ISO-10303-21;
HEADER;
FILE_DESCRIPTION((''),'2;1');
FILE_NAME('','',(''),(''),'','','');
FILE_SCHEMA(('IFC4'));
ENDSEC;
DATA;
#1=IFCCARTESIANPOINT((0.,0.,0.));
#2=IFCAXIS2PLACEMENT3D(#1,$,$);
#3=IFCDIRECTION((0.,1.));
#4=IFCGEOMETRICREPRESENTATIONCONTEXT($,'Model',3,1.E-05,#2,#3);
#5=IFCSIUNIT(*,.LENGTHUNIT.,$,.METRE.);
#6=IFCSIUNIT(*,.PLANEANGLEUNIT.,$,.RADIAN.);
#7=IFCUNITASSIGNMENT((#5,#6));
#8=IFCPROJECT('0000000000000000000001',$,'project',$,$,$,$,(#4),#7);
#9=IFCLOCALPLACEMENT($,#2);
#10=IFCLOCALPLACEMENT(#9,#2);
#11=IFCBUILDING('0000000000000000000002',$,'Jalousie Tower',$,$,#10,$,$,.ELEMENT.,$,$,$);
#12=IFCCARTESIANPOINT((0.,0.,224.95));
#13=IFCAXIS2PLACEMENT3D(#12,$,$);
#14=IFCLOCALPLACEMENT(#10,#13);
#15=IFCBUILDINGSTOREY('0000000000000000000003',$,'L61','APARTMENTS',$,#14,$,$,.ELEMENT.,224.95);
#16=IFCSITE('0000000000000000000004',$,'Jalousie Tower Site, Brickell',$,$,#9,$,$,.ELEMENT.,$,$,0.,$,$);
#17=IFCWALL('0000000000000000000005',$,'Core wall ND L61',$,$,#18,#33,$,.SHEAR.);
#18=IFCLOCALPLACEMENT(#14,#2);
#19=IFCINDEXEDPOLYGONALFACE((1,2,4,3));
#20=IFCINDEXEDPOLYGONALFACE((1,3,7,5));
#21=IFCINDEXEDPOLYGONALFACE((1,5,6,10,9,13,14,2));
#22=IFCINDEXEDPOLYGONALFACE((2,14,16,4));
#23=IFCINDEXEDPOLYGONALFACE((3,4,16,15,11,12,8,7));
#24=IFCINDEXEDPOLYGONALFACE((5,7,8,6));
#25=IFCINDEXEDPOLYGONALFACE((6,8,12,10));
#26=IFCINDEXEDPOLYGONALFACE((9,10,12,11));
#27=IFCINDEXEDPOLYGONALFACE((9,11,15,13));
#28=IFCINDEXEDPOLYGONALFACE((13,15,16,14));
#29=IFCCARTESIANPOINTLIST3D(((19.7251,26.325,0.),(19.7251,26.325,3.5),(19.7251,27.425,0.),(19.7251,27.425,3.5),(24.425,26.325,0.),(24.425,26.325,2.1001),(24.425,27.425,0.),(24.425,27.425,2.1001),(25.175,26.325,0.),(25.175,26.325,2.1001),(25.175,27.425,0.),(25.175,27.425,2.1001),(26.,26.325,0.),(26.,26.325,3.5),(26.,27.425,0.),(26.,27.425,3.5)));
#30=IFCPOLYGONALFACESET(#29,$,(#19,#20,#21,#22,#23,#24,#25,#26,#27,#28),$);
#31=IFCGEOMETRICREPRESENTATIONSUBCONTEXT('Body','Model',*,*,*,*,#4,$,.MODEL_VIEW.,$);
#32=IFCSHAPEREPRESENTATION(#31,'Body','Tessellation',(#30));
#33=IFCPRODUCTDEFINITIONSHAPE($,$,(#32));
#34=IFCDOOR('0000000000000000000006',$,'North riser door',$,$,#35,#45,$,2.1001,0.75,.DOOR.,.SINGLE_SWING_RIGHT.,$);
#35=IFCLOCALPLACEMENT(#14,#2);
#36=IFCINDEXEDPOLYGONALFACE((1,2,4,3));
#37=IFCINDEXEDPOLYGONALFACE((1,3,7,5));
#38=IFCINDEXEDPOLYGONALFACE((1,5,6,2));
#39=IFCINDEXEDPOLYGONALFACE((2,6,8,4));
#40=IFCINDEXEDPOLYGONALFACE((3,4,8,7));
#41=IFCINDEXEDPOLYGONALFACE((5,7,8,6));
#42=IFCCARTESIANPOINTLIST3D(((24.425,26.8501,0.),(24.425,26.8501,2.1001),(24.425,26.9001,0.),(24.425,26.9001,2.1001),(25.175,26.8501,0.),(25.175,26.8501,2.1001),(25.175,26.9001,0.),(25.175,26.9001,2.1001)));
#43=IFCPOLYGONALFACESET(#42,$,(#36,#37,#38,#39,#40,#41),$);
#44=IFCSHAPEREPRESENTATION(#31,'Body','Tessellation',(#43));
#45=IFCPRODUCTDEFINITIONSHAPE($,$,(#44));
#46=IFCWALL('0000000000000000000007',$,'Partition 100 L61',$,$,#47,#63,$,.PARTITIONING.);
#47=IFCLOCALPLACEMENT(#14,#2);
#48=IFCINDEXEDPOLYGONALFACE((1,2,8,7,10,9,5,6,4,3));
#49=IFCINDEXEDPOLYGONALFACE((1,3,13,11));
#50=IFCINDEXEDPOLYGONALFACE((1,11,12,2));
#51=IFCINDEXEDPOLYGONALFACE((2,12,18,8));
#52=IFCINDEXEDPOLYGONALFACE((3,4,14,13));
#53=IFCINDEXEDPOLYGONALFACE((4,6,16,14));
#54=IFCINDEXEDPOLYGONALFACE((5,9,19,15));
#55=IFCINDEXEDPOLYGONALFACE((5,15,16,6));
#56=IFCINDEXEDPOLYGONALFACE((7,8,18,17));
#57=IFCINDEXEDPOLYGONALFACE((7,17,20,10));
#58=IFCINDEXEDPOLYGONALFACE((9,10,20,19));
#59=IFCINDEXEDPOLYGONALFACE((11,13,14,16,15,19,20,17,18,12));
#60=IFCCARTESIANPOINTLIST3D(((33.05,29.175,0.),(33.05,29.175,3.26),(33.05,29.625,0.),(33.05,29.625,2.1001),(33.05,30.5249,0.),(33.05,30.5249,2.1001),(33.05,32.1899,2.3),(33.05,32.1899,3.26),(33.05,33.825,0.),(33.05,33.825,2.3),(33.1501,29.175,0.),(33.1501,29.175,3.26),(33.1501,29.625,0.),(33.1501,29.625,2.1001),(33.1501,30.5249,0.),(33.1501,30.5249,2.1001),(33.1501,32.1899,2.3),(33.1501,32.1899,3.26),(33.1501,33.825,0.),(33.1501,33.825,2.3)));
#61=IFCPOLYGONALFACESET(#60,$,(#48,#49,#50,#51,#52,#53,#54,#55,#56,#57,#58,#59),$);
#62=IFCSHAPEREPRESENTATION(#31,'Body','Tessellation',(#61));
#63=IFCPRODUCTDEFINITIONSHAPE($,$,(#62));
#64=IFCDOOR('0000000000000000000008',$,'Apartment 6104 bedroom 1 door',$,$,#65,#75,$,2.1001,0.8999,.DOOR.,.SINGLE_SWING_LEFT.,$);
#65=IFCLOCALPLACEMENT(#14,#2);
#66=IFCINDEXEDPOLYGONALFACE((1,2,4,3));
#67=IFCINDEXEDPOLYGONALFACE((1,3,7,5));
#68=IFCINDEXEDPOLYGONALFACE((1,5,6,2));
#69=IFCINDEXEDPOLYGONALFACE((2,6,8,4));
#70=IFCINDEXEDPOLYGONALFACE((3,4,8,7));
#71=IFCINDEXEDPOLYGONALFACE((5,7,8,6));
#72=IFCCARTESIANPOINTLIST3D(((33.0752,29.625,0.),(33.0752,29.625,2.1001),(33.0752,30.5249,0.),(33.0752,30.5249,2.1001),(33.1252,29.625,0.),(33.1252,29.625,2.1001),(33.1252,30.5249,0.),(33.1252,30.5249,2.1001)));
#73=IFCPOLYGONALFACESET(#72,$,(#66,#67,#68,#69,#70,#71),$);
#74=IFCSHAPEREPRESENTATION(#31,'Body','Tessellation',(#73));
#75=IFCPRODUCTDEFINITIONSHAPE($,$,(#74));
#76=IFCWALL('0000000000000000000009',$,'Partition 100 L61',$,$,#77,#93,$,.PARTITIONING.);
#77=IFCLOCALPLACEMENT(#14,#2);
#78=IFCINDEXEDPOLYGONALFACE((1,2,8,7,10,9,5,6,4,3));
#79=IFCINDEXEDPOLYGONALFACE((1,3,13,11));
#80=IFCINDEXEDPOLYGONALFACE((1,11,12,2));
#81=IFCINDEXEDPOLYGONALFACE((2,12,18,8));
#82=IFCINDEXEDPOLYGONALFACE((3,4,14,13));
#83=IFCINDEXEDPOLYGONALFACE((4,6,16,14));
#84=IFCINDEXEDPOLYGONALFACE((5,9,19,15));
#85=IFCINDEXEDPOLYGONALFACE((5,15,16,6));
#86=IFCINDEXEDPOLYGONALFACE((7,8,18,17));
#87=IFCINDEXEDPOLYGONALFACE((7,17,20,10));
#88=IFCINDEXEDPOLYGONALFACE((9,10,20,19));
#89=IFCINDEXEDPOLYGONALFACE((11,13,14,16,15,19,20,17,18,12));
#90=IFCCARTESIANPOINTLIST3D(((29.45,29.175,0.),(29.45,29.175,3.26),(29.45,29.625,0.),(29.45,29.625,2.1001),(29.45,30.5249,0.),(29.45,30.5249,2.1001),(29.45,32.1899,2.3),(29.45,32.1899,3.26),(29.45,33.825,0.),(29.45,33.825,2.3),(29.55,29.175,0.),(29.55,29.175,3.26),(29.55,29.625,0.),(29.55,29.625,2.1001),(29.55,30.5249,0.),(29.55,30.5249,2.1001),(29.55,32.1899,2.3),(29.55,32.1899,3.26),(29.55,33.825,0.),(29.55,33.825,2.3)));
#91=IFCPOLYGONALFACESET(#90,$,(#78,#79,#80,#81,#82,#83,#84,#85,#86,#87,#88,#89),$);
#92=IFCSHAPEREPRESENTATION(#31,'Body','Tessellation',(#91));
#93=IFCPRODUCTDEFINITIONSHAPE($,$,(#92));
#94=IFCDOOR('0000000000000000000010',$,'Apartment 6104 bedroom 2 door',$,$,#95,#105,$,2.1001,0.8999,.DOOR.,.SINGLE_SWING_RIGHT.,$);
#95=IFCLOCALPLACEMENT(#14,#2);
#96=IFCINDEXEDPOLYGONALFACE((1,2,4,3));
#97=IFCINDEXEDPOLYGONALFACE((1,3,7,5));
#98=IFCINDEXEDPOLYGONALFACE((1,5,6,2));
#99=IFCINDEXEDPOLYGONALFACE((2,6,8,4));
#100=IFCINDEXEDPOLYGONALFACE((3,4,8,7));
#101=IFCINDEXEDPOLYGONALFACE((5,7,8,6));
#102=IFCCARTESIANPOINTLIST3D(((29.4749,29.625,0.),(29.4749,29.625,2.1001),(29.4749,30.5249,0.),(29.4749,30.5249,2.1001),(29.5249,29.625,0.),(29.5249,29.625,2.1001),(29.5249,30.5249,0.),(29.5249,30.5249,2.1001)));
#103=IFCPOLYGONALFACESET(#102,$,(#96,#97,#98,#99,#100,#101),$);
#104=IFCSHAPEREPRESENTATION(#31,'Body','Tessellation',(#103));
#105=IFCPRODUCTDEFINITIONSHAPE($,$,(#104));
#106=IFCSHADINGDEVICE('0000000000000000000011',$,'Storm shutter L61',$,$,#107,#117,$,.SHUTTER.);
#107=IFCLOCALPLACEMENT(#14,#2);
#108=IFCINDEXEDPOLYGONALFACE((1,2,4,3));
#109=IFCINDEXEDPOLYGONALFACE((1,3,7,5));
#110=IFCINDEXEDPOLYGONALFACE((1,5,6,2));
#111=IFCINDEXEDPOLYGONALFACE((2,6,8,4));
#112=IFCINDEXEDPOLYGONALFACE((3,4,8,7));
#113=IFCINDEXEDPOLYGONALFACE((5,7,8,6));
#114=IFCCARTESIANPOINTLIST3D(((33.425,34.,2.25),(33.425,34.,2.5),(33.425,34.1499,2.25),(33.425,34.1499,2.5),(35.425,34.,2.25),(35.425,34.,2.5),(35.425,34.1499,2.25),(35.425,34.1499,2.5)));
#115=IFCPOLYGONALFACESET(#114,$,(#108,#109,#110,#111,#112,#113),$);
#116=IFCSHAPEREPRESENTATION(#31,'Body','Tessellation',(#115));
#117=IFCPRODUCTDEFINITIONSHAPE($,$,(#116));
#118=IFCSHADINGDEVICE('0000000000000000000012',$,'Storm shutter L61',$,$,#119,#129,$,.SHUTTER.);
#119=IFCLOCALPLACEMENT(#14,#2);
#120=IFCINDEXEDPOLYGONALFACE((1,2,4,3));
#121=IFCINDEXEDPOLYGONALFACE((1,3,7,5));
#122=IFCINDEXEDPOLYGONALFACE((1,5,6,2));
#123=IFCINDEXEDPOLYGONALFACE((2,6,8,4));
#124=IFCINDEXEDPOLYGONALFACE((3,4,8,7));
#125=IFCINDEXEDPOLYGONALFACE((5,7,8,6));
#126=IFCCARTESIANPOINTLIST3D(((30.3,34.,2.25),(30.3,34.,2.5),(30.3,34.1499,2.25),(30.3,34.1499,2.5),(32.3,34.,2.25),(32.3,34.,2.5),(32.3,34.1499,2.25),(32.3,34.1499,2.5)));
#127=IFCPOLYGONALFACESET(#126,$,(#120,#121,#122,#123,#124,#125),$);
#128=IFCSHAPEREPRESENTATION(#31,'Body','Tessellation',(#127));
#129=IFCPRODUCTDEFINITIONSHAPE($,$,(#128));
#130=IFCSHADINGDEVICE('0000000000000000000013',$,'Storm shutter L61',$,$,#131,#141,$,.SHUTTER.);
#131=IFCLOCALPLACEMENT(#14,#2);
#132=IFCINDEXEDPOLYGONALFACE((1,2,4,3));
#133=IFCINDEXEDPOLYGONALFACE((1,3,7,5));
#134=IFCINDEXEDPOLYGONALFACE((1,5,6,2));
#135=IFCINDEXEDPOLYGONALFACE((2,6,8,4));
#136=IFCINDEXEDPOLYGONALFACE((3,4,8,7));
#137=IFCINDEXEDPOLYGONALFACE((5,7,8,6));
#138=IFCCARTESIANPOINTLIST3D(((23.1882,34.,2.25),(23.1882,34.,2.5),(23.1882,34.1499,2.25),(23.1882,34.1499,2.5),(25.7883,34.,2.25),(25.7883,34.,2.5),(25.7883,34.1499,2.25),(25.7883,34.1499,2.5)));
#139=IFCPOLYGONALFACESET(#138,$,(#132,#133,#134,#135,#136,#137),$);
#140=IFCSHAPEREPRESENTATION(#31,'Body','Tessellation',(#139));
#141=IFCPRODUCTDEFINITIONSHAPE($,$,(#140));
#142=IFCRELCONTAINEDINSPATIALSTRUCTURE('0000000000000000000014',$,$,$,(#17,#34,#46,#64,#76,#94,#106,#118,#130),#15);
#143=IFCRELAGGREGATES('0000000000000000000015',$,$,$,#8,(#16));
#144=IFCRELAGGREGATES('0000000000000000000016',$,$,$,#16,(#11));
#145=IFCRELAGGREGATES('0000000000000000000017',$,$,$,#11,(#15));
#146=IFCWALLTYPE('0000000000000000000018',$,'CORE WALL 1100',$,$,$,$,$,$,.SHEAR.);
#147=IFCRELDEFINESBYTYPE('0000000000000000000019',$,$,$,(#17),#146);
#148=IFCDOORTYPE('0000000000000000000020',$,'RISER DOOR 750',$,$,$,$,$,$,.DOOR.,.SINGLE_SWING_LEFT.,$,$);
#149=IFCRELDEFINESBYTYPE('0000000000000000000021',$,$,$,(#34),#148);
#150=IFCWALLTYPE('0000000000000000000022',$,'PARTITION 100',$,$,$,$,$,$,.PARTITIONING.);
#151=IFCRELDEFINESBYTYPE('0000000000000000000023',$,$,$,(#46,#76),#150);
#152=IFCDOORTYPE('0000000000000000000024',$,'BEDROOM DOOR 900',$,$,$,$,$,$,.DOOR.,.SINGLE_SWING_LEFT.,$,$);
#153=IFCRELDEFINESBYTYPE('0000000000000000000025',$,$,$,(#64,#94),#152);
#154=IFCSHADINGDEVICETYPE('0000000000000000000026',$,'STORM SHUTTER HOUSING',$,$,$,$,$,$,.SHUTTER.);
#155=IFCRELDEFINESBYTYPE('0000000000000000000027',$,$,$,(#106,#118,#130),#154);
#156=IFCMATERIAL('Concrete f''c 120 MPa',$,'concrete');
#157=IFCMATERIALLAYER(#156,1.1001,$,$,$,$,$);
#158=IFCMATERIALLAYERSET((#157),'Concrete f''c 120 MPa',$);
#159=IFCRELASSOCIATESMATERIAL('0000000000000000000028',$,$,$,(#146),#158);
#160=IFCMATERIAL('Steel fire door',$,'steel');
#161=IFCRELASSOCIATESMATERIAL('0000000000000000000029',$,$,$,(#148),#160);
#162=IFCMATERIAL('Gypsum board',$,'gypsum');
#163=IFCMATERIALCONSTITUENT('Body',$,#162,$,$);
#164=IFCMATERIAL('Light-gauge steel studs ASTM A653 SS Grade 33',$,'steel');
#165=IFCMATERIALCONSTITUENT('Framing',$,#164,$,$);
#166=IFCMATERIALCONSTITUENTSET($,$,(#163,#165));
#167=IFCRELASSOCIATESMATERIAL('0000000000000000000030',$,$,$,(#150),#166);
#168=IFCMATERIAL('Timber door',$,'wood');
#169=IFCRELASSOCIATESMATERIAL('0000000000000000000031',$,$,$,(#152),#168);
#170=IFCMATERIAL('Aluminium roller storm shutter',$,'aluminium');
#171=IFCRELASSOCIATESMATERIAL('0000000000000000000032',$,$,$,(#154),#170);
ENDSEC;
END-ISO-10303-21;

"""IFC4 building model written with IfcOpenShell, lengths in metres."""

from ifc_helpers import new_model, si_unit, direction, frame, frame_2d, origin, origin_2d, place, context, subcontext, project, spatial, polyline, rectangle, outline, extrude, material, layer, layer_set, constituent, constituent_set, type_object, element, fill, save


model = new_model("IFC4")

# Units and contexts
model_context = context("Model", 3, precision=1e-05, world=origin(), true_north=direction((0.0, 1.0)))
body_context = subcontext(model_context, "Body", "Model", "MODEL_VIEW")
ifc_project = project(units=[si_unit("LENGTHUNIT", "METRE"), si_unit("PLANEANGLEUNIT", "RADIAN")], contexts=[model_context])

# Site, building, storey
site_placement = place(None, origin())
site = spatial("IfcSite", under=ifc_project, at=site_placement, Name="Jalousie Tower Site, Brickell", CompositionType="ELEMENT", RefElevation=0.0)
building_placement = place(site_placement, origin())
building = spatial("IfcBuilding", under=site, at=building_placement, Name="Jalousie Tower", CompositionType="ELEMENT")
storey_placement = place(building_placement, frame((0.0, 0.0, 224.95)))
storey = spatial("IfcBuildingStorey", under=building, at=storey_placement, Name="L61", Description="APARTMENTS", CompositionType="ELEMENT", Elevation=224.95)

# Shared definitions
ifc_material_1 = material(Name="Concrete f'c 120 MPa", Category="concrete")
ifc_layer_1 = layer(ifc_material_1, 1.1001)
ifc_layer_set_1 = layer_set([ifc_layer_1], Name="Concrete f'c 120 MPa")
wall_type_1 = type_object("IfcWallType", Name="CORE WALL 1100", PredefinedType="SHEAR", material=ifc_layer_set_1)

# Walls, openings, doors
wall_1_placement = place(storey_placement, frame((26.0, 26.875, 0.0), z_axis=(0.0, 0.0, 1.0), x_axis=(-1.0, 0.0, 0.0)))
wall_1 = element("IfcWall", 1, at=wall_1_placement, inside=storey, type_object=wall_type_1, Name="Core wall ND L61", PredefinedType="SHEAR", context=body_context, shape_type="SweptSolid", body=[
    extrude(rectangle(XDim=6.2749, YDim=1.1001, at=frame_2d((3.1375, 0.0))), origin(), (0.0, 0.0, 1.0), 3.5),
])
opening_1_placement = place(wall_1_placement, frame((0.825, 0.0, 0.0)))
opening_1 = element("IfcOpeningElement", 2, at=opening_1_placement, cuts=wall_1, PredefinedType="OPENING", context=body_context, shape_type="SweptSolid", body=[
    extrude(rectangle(XDim=0.75, YDim=2.1001, at=frame_2d((0.375, 1.05))), frame((0.0, 0.5601, 0.0), z_axis=(0.0, -1.0, 0.0), x_axis=(1.0, 0.0, 0.0)), (0.0, 0.0, 1.0), 1.1201),
])
ifc_material_2 = material(Name="Steel fire door", Category="steel")
door_type_1 = type_object("IfcDoorType", Name="RISER DOOR 750", OperationType="SINGLE_SWING_LEFT", PredefinedType="DOOR", material=ifc_material_2)
door_1_placement = place(opening_1_placement, origin())
door_1 = element("IfcDoor", 3, at=door_1_placement, inside=storey, type_object=door_type_1, Name="North riser door", OperationType="SINGLE_SWING_RIGHT", OverallHeight=2.1001, OverallWidth=0.75, PredefinedType="DOOR", context=body_context, shape_type="SweptSolid", body=[
    extrude(rectangle(XDim=0.75, YDim=2.1001, at=frame_2d((0.375, 1.05))), frame((0.0, 0.0249, 0.0), z_axis=(0.0, -1.0, 0.0), x_axis=(1.0, 0.0, 0.0)), (0.0, 0.0, 1.0), 0.05),
])
fill(opening_1, door_1)
ifc_material_3 = material(Name="Gypsum board", Category="gypsum")
ifc_constituent_1 = constituent(ifc_material_3, Name="Body")
ifc_material_4 = material(Name="Light-gauge steel studs ASTM A653 SS Grade 33", Category="steel")
ifc_constituent_2 = constituent(ifc_material_4, Name="Framing")
ifc_constituent_set_1 = constituent_set(constituents=[ifc_constituent_1, ifc_constituent_2])
wall_type_2 = type_object("IfcWallType", Name="PARTITION 100", PredefinedType="PARTITIONING", material=ifc_constituent_set_1)
wall_2_placement = place(storey_placement, frame((33.1001, 33.825, 0.0), z_axis=(0.0, 0.0, 1.0), x_axis=(0.0, -1.0, 0.0)))
wall_2 = element("IfcWall", 4, at=wall_2_placement, inside=storey, type_object=wall_type_2, Name="Partition 100 L61", PredefinedType="PARTITIONING", context=body_context, shape_type="SweptSolid", body=[
    extrude(outline(polyline([(0.0, 0.0), (4.6499, 0.0), (4.6499, 3.26), (1.635, 3.26), (1.635, 2.3), (0.0, 2.3), (0.0, 3.26), (0.0, 0.0)])), frame((0.0, 0.05, 0.0), z_axis=(0.0, -1.0, 0.0), x_axis=(1.0, 0.0, 0.0)), (0.0, 0.0, 1.0), 0.1001),
])
opening_2_placement = place(wall_2_placement, frame((3.3, 0.0, 0.0)))
opening_2 = element("IfcOpeningElement", 5, at=opening_2_placement, cuts=wall_2, PredefinedType="OPENING", context=body_context, shape_type="SweptSolid", body=[
    extrude(rectangle(XDim=0.8999, YDim=2.1001, at=frame_2d((0.45, 1.05))), frame((0.0, 0.0601, 0.0), z_axis=(0.0, -1.0, 0.0), x_axis=(1.0, 0.0, 0.0)), (0.0, 0.0, 1.0), 0.1201),
])
ifc_material_5 = material(Name="Timber door", Category="wood")
door_type_2 = type_object("IfcDoorType", Name="BEDROOM DOOR 900", OperationType="SINGLE_SWING_LEFT", PredefinedType="DOOR", material=ifc_material_5)
door_2_placement = place(opening_2_placement, frame((0.8999, 0.0, 0.0), z_axis=(0.0, 0.0, 1.0), x_axis=(-1.0, 0.0, 0.0)))
door_2 = element("IfcDoor", 6, at=door_2_placement, inside=storey, type_object=door_type_2, Name="Apartment 6104 bedroom 1 door", OperationType="SINGLE_SWING_LEFT", OverallHeight=2.1001, OverallWidth=0.8999, PredefinedType="DOOR", context=body_context, shape_type="SweptSolid", body=[
    extrude(rectangle(XDim=0.8999, YDim=2.1001, at=frame_2d((0.45, 1.05))), frame((0.0, 0.0249, 0.0), z_axis=(0.0, -1.0, 0.0), x_axis=(1.0, 0.0, 0.0)), (0.0, 0.0, 1.0), 0.05),
])
fill(opening_2, door_2)
wall_3_placement = place(storey_placement, frame((29.5, 33.825, 0.0), z_axis=(0.0, 0.0, 1.0), x_axis=(0.0, -1.0, 0.0)))
wall_3 = element("IfcWall", 7, at=wall_3_placement, inside=storey, type_object=wall_type_2, Name="Partition 100 L61", PredefinedType="PARTITIONING", context=body_context, shape_type="SweptSolid", body=[
    extrude(outline(polyline([(0.0, 0.0), (4.6499, 0.0), (4.6499, 3.26), (1.635, 3.26), (1.635, 2.3), (0.0, 2.3), (0.0, 3.26), (0.0, 0.0)])), frame((0.0, 0.05, 0.0), z_axis=(0.0, -1.0, 0.0), x_axis=(1.0, 0.0, 0.0)), (0.0, 0.0, 1.0), 0.1001),
])
opening_3_placement = place(wall_3_placement, frame((3.3, 0.0, 0.0)))
opening_3 = element("IfcOpeningElement", 8, at=opening_3_placement, cuts=wall_3, PredefinedType="OPENING", context=body_context, shape_type="SweptSolid", body=[
    extrude(rectangle(XDim=0.8999, YDim=2.1001, at=frame_2d((0.45, 1.05))), frame((0.0, 0.0601, 0.0), z_axis=(0.0, -1.0, 0.0), x_axis=(1.0, 0.0, 0.0)), (0.0, 0.0, 1.0), 0.1201),
])
door_3_placement = place(opening_3_placement, origin())
door_3 = element("IfcDoor", 9, at=door_3_placement, inside=storey, type_object=door_type_2, Name="Apartment 6104 bedroom 2 door", OperationType="SINGLE_SWING_RIGHT", OverallHeight=2.1001, OverallWidth=0.8999, PredefinedType="DOOR", context=body_context, shape_type="SweptSolid", body=[
    extrude(rectangle(XDim=0.8999, YDim=2.1001, at=frame_2d((0.45, 1.05))), frame((0.0, 0.0249, 0.0), z_axis=(0.0, -1.0, 0.0), x_axis=(1.0, 0.0, 0.0)), (0.0, 0.0, 1.0), 0.05),
])
fill(opening_3, door_3)

# Shading devices
ifc_material_6 = material(Name="Aluminium roller storm shutter", Category="aluminium")
shading_device_type = type_object("IfcShadingDeviceType", Name="STORM SHUTTER HOUSING", PredefinedType="SHUTTER", material=ifc_material_6)
for number, where, z_axis, x_axis, name in (
    (10, (34.425, 34.075, 2.25), (0.0, 0.0, 1.0), (-1.0, 0.0, 0.0), "Storm shutter L61"),
    (11, (31.3, 34.075, 2.25), (0.0, 0.0, 1.0), (-1.0, 0.0, 0.0), "Storm shutter L61"),
):
    element("IfcShadingDevice", number, at=place(storey_placement, frame(where, z_axis=z_axis, x_axis=x_axis)), inside=storey, type_object=shading_device_type, Name=name, PredefinedType="SHUTTER", context=body_context, shape_type="SweptSolid", body=[
        extrude(rectangle(XDim=2.0, YDim=0.1499, at=origin_2d()), origin(), (0.0, 0.0, 1.0), 0.25),
    ])
shading_device_placement = place(storey_placement, frame((24.4883, 34.075, 2.25), z_axis=(0.0, 0.0, 1.0), x_axis=(-1.0, 0.0, 0.0)))
element("IfcShadingDevice", 12, at=shading_device_placement, inside=storey, type_object=shading_device_type, Name="Storm shutter L61", PredefinedType="SHUTTER", context=body_context, shape_type="SweptSolid", body=[
    extrude(rectangle(XDim=2.6001, YDim=0.1499, at=origin_2d()), origin(), (0.0, 0.0, 1.0), 0.25),
])

save(model, "model.ifc")
